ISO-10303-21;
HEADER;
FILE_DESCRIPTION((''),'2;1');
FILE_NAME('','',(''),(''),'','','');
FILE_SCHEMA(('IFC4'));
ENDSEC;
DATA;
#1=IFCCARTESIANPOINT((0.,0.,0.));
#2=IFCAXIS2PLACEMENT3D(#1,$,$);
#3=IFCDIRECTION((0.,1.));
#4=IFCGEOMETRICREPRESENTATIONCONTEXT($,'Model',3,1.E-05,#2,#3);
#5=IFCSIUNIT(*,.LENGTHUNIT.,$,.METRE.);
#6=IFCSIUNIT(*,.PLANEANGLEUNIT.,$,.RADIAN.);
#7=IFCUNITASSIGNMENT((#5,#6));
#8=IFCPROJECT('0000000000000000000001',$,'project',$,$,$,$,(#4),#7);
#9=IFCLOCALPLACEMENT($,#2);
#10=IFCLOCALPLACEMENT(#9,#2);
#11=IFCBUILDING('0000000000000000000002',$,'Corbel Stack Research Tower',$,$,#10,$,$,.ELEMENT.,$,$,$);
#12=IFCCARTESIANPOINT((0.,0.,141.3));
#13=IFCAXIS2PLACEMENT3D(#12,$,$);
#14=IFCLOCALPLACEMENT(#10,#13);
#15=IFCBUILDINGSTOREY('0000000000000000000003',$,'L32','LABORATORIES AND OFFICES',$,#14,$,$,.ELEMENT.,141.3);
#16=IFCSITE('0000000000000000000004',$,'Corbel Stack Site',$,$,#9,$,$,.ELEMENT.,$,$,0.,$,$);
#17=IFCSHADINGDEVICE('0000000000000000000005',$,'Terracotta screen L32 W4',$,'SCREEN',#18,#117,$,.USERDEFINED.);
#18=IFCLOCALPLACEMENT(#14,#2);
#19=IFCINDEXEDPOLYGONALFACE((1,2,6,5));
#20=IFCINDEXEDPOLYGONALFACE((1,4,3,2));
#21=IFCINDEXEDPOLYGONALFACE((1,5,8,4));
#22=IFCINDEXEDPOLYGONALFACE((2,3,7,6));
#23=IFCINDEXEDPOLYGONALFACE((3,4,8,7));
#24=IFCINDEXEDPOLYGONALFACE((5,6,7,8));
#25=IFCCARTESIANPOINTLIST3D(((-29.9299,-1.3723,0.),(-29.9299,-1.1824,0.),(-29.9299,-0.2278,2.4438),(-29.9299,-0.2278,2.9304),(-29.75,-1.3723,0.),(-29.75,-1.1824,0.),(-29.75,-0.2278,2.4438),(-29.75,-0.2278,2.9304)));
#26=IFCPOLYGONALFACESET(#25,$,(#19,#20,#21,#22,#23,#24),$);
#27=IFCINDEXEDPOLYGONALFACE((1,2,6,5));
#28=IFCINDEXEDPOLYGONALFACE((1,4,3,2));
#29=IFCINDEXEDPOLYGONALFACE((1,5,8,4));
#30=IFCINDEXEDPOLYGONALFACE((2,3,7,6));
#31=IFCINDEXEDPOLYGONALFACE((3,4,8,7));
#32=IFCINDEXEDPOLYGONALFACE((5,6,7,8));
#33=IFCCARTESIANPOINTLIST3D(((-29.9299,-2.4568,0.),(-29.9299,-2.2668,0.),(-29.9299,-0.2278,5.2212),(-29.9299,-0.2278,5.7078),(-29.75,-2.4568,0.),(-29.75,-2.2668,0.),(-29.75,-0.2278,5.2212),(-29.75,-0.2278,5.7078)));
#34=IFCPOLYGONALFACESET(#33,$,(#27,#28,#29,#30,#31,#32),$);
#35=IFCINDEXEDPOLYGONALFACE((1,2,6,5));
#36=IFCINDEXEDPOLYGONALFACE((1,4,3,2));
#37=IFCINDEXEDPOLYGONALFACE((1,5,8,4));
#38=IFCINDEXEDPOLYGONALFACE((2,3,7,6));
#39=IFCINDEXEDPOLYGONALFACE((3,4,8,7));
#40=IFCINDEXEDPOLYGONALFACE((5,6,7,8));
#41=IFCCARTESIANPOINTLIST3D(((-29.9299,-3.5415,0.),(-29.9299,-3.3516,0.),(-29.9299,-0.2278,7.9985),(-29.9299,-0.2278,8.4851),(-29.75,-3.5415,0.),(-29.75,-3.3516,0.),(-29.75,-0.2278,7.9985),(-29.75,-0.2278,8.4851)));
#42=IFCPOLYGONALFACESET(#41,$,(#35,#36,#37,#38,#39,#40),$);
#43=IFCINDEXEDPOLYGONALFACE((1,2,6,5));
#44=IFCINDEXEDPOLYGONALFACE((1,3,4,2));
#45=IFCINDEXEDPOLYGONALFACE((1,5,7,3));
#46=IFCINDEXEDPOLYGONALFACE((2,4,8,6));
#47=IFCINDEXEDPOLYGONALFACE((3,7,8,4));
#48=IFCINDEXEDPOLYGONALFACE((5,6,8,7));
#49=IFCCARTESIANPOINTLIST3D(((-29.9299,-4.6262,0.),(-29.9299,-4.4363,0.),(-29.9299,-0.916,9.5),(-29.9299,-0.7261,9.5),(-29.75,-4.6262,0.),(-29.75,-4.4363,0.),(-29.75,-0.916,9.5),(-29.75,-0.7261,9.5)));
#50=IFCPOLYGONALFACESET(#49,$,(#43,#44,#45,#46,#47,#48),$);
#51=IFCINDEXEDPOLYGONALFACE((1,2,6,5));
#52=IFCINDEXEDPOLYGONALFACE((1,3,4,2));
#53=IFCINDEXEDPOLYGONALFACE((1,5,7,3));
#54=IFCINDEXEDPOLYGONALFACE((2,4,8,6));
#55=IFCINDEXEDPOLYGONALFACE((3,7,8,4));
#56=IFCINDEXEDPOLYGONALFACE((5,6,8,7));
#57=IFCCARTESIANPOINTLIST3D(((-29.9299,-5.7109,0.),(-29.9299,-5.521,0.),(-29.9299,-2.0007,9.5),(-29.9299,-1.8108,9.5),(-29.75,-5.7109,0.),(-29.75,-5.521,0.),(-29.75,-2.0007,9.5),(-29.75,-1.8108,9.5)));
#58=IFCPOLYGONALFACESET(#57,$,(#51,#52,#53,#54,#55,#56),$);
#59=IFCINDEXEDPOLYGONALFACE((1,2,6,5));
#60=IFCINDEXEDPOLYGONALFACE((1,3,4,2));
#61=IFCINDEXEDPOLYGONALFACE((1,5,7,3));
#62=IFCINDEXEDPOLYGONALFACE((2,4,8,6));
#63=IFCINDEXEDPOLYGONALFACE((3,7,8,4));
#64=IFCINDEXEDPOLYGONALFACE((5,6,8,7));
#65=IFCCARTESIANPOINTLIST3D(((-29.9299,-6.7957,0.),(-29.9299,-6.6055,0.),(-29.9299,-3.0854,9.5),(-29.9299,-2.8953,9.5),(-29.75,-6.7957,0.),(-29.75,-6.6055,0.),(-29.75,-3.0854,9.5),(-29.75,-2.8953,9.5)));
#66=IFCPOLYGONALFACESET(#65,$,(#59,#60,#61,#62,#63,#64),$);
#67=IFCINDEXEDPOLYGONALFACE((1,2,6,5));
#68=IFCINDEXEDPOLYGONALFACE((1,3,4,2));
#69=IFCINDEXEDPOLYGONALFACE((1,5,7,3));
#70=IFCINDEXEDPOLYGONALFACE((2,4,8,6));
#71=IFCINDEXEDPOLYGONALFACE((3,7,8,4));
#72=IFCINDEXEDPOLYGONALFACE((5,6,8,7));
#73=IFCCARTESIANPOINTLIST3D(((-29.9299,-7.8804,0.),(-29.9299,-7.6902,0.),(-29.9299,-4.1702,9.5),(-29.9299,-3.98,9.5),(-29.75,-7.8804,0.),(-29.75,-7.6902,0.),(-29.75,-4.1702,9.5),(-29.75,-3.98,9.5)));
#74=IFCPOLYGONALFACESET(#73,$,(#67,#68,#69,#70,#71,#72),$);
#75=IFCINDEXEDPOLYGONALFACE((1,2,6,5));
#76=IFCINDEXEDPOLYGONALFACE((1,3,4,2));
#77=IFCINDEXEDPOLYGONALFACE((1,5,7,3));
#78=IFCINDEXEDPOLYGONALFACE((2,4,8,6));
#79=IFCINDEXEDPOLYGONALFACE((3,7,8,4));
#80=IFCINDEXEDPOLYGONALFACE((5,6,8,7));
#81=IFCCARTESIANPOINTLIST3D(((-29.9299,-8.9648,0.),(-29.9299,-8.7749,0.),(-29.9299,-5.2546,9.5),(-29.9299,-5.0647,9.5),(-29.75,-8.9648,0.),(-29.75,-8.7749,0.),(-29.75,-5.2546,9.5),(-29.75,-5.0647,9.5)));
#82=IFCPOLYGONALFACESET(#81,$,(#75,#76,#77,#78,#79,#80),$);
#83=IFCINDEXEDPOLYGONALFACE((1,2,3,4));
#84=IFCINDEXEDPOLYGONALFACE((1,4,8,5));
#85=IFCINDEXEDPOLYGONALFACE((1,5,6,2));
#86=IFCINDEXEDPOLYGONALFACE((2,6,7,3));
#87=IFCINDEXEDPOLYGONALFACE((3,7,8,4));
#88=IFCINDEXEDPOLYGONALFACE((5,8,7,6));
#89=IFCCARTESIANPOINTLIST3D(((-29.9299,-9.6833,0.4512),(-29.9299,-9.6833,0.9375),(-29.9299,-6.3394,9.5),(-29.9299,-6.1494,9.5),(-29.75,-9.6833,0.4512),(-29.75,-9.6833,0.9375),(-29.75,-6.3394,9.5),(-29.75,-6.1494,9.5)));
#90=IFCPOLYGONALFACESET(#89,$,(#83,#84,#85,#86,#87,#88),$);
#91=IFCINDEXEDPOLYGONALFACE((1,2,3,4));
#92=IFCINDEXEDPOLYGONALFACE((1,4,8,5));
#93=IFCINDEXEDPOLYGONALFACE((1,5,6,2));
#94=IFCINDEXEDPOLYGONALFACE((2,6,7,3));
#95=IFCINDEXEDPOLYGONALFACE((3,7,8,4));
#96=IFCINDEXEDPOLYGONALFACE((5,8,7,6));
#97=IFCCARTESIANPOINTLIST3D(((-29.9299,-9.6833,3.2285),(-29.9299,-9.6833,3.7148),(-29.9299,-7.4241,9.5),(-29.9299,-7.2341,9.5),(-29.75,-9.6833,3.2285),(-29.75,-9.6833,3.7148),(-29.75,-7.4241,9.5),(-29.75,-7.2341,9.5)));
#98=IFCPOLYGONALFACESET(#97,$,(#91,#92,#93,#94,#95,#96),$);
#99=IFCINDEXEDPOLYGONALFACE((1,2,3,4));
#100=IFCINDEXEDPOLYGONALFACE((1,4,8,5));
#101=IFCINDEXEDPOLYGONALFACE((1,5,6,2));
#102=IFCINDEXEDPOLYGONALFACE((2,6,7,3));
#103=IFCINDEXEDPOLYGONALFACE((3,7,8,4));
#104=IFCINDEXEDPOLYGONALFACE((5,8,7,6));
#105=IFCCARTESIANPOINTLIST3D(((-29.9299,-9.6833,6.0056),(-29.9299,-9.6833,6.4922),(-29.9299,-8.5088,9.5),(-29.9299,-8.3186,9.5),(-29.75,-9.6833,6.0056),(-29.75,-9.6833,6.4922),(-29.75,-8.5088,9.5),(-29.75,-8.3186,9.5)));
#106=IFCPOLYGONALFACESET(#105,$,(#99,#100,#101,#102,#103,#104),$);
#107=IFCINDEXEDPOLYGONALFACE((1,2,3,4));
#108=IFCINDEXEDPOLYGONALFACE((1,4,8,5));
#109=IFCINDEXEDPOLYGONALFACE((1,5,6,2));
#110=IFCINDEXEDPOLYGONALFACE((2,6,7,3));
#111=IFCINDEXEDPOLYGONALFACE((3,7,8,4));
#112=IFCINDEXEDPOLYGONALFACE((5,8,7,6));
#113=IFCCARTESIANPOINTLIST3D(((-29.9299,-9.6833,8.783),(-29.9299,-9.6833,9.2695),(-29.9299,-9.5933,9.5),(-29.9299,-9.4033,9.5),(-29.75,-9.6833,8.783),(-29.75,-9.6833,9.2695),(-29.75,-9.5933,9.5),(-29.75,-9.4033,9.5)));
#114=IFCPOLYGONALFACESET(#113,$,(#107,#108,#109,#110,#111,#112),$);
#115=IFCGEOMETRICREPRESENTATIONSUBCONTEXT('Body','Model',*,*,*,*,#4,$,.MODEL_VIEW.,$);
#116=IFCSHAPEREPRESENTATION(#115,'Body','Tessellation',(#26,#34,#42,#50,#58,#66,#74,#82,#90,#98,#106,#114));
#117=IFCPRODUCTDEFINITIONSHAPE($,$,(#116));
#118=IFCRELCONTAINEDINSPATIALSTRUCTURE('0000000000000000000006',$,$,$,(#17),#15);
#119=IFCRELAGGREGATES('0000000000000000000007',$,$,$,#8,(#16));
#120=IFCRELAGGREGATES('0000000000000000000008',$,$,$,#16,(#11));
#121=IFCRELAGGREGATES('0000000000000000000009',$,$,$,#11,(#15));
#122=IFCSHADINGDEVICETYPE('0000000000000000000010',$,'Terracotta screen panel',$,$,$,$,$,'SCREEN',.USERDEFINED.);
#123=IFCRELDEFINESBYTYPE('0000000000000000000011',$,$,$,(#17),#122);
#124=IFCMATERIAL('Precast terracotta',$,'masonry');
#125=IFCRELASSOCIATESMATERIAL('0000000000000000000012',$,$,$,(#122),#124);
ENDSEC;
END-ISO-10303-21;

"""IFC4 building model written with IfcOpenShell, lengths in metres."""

from ifc_helpers import new_model, si_unit, direction, frame, origin, place, context, subcontext, project, spatial, polyline, outline, extrude, source, transform, mapped, material, type_object, element, save


model = new_model("IFC4")

# Units and contexts
model_context = context("Model", 3, precision=1e-05, world=origin(), true_north=direction((0.0, 1.0)))
body_context = subcontext(model_context, "Body", "Model", "MODEL_VIEW")
ifc_project = project(units=[si_unit("LENGTHUNIT", "METRE"), si_unit("PLANEANGLEUNIT", "RADIAN")], contexts=[model_context])

# Site, building, storey
site_placement = place(None, origin())
site = spatial("IfcSite", under=ifc_project, at=site_placement, Name="Corbel Stack Site", CompositionType="ELEMENT", RefElevation=0.0)
building_placement = place(site_placement, origin())
building = spatial("IfcBuilding", under=site, at=building_placement, Name="Corbel Stack Research Tower", CompositionType="ELEMENT")
storey_placement = place(building_placement, frame((0.0, 0.0, 141.3)))
storey = spatial("IfcBuildingStorey", under=building, at=storey_placement, Name="L32", Description="LABORATORIES AND OFFICES", CompositionType="ELEMENT", Elevation=141.3)

# Shading device
ifc_material_1 = material(Name="Precast terracotta", Category="masonry")
shading_device_type = type_object("IfcShadingDeviceType", Name="Terracotta screen panel", ElementType="SCREEN", PredefinedType="USERDEFINED", material=ifc_material_1)
shared_shape_1 = source(origin(), body_context, "Body", "SweptSolid", [
    extrude(outline(polyline([(1.1445, 0.0), (0.0, 2.9304), (0.0, 2.4438), (0.9546, 0.0), (1.1445, 0.0)])), frame((0.0, 0.0, 0.0), z_axis=(0.0, -1.0, 0.0), x_axis=(1.0, 0.0, 0.0)), (0.0, 0.0, 1.0), 0.1799),
    extrude(outline(polyline([(2.229, 0.0), (0.0, 5.7078), (0.0, 5.2212), (2.0391, 0.0), (2.229, 0.0)])), frame((0.0, 0.0, 0.0), z_axis=(0.0, -1.0, 0.0), x_axis=(1.0, 0.0, 0.0)), (0.0, 0.0, 1.0), 0.1799),
    extrude(outline(polyline([(3.3137, 0.0), (0.0, 8.4851), (0.0, 7.9985), (3.1238, 0.0), (3.3137, 0.0)])), frame((0.0, 0.0, 0.0), z_axis=(0.0, -1.0, 0.0), x_axis=(1.0, 0.0, 0.0)), (0.0, 0.0, 1.0), 0.1799),
    extrude(outline(polyline([(4.3984, 0.0), (0.6882, 9.5), (0.4983, 9.5), (4.2085, 0.0), (4.3984, 0.0)])), frame((0.0, 0.0, 0.0), z_axis=(0.0, -1.0, 0.0), x_axis=(1.0, 0.0, 0.0)), (0.0, 0.0, 1.0), 0.1799),
    extrude(outline(polyline([(5.4832, 0.0), (1.7729, 9.5), (1.583, 9.5), (5.2932, 0.0), (5.4832, 0.0)])), frame((0.0, 0.0, 0.0), z_axis=(0.0, -1.0, 0.0), x_axis=(1.0, 0.0, 0.0)), (0.0, 0.0, 1.0), 0.1799),
    extrude(outline(polyline([(6.5679, 0.0), (2.8577, 9.5), (2.6675, 9.5), (6.3777, 0.0), (6.5679, 0.0)])), frame((0.0, 0.0, 0.0), z_axis=(0.0, -1.0, 0.0), x_axis=(1.0, 0.0, 0.0)), (0.0, 0.0, 1.0), 0.1799),
    extrude(outline(polyline([(7.6526, 0.0), (3.9424, 9.5), (3.7522, 9.5), (7.4624, 0.0), (7.6526, 0.0)])), frame((0.0, 0.0, 0.0), z_axis=(0.0, -1.0, 0.0), x_axis=(1.0, 0.0, 0.0)), (0.0, 0.0, 1.0), 0.1799),
    extrude(outline(polyline([(8.7371, 0.0), (5.0269, 9.5), (4.8369, 9.5), (8.5471, 0.0), (8.7371, 0.0)])), frame((0.0, 0.0, 0.0), z_axis=(0.0, -1.0, 0.0), x_axis=(1.0, 0.0, 0.0)), (0.0, 0.0, 1.0), 0.1799),
    extrude(outline(polyline([(6.1116, 9.5), (5.9216, 9.5), (9.4556, 0.4512), (9.4556, 0.9375), (6.1116, 9.5)])), frame((0.0, 0.0, 0.0), z_axis=(0.0, -1.0, 0.0), x_axis=(1.0, 0.0, 0.0)), (0.0, 0.0, 1.0), 0.1799),
    extrude(outline(polyline([(7.1963, 9.5), (7.0063, 9.5), (9.4556, 3.2285), (9.4556, 3.7148), (7.1963, 9.5)])), frame((0.0, 0.0, 0.0), z_axis=(0.0, -1.0, 0.0), x_axis=(1.0, 0.0, 0.0)), (0.0, 0.0, 1.0), 0.1799),
    extrude(outline(polyline([(8.281, 9.5), (8.0908, 9.5), (9.4556, 6.0056), (9.4556, 6.4922), (8.281, 9.5)])), frame((0.0, 0.0, 0.0), z_axis=(0.0, -1.0, 0.0), x_axis=(1.0, 0.0, 0.0)), (0.0, 0.0, 1.0), 0.1799),
    extrude(outline(polyline([(9.3655, 9.5), (9.1755, 9.5), (9.4556, 8.783), (9.4556, 9.2695), (9.3655, 9.5)])), frame((0.0, 0.0, 0.0), z_axis=(0.0, -1.0, 0.0), x_axis=(1.0, 0.0, 0.0)), (0.0, 0.0, 1.0), 0.1799),
])
shading_device_1_placement = place(storey_placement, frame((-29.75, -0.2278, 0.0), z_axis=(0.0, 0.0, 1.0), x_axis=(0.0, -1.0, 0.0)))
element("IfcShadingDevice", 1, at=shading_device_1_placement, inside=storey, type_object=shading_device_type, Name="Terracotta screen L32 W4", ObjectType="SCREEN", PredefinedType="USERDEFINED", context=body_context, shape_type="MappedRepresentation", body=[
    mapped(shared_shape_1, transform((0.0, 0.0, 0.0))),
])

save(model, "model.ifc")
